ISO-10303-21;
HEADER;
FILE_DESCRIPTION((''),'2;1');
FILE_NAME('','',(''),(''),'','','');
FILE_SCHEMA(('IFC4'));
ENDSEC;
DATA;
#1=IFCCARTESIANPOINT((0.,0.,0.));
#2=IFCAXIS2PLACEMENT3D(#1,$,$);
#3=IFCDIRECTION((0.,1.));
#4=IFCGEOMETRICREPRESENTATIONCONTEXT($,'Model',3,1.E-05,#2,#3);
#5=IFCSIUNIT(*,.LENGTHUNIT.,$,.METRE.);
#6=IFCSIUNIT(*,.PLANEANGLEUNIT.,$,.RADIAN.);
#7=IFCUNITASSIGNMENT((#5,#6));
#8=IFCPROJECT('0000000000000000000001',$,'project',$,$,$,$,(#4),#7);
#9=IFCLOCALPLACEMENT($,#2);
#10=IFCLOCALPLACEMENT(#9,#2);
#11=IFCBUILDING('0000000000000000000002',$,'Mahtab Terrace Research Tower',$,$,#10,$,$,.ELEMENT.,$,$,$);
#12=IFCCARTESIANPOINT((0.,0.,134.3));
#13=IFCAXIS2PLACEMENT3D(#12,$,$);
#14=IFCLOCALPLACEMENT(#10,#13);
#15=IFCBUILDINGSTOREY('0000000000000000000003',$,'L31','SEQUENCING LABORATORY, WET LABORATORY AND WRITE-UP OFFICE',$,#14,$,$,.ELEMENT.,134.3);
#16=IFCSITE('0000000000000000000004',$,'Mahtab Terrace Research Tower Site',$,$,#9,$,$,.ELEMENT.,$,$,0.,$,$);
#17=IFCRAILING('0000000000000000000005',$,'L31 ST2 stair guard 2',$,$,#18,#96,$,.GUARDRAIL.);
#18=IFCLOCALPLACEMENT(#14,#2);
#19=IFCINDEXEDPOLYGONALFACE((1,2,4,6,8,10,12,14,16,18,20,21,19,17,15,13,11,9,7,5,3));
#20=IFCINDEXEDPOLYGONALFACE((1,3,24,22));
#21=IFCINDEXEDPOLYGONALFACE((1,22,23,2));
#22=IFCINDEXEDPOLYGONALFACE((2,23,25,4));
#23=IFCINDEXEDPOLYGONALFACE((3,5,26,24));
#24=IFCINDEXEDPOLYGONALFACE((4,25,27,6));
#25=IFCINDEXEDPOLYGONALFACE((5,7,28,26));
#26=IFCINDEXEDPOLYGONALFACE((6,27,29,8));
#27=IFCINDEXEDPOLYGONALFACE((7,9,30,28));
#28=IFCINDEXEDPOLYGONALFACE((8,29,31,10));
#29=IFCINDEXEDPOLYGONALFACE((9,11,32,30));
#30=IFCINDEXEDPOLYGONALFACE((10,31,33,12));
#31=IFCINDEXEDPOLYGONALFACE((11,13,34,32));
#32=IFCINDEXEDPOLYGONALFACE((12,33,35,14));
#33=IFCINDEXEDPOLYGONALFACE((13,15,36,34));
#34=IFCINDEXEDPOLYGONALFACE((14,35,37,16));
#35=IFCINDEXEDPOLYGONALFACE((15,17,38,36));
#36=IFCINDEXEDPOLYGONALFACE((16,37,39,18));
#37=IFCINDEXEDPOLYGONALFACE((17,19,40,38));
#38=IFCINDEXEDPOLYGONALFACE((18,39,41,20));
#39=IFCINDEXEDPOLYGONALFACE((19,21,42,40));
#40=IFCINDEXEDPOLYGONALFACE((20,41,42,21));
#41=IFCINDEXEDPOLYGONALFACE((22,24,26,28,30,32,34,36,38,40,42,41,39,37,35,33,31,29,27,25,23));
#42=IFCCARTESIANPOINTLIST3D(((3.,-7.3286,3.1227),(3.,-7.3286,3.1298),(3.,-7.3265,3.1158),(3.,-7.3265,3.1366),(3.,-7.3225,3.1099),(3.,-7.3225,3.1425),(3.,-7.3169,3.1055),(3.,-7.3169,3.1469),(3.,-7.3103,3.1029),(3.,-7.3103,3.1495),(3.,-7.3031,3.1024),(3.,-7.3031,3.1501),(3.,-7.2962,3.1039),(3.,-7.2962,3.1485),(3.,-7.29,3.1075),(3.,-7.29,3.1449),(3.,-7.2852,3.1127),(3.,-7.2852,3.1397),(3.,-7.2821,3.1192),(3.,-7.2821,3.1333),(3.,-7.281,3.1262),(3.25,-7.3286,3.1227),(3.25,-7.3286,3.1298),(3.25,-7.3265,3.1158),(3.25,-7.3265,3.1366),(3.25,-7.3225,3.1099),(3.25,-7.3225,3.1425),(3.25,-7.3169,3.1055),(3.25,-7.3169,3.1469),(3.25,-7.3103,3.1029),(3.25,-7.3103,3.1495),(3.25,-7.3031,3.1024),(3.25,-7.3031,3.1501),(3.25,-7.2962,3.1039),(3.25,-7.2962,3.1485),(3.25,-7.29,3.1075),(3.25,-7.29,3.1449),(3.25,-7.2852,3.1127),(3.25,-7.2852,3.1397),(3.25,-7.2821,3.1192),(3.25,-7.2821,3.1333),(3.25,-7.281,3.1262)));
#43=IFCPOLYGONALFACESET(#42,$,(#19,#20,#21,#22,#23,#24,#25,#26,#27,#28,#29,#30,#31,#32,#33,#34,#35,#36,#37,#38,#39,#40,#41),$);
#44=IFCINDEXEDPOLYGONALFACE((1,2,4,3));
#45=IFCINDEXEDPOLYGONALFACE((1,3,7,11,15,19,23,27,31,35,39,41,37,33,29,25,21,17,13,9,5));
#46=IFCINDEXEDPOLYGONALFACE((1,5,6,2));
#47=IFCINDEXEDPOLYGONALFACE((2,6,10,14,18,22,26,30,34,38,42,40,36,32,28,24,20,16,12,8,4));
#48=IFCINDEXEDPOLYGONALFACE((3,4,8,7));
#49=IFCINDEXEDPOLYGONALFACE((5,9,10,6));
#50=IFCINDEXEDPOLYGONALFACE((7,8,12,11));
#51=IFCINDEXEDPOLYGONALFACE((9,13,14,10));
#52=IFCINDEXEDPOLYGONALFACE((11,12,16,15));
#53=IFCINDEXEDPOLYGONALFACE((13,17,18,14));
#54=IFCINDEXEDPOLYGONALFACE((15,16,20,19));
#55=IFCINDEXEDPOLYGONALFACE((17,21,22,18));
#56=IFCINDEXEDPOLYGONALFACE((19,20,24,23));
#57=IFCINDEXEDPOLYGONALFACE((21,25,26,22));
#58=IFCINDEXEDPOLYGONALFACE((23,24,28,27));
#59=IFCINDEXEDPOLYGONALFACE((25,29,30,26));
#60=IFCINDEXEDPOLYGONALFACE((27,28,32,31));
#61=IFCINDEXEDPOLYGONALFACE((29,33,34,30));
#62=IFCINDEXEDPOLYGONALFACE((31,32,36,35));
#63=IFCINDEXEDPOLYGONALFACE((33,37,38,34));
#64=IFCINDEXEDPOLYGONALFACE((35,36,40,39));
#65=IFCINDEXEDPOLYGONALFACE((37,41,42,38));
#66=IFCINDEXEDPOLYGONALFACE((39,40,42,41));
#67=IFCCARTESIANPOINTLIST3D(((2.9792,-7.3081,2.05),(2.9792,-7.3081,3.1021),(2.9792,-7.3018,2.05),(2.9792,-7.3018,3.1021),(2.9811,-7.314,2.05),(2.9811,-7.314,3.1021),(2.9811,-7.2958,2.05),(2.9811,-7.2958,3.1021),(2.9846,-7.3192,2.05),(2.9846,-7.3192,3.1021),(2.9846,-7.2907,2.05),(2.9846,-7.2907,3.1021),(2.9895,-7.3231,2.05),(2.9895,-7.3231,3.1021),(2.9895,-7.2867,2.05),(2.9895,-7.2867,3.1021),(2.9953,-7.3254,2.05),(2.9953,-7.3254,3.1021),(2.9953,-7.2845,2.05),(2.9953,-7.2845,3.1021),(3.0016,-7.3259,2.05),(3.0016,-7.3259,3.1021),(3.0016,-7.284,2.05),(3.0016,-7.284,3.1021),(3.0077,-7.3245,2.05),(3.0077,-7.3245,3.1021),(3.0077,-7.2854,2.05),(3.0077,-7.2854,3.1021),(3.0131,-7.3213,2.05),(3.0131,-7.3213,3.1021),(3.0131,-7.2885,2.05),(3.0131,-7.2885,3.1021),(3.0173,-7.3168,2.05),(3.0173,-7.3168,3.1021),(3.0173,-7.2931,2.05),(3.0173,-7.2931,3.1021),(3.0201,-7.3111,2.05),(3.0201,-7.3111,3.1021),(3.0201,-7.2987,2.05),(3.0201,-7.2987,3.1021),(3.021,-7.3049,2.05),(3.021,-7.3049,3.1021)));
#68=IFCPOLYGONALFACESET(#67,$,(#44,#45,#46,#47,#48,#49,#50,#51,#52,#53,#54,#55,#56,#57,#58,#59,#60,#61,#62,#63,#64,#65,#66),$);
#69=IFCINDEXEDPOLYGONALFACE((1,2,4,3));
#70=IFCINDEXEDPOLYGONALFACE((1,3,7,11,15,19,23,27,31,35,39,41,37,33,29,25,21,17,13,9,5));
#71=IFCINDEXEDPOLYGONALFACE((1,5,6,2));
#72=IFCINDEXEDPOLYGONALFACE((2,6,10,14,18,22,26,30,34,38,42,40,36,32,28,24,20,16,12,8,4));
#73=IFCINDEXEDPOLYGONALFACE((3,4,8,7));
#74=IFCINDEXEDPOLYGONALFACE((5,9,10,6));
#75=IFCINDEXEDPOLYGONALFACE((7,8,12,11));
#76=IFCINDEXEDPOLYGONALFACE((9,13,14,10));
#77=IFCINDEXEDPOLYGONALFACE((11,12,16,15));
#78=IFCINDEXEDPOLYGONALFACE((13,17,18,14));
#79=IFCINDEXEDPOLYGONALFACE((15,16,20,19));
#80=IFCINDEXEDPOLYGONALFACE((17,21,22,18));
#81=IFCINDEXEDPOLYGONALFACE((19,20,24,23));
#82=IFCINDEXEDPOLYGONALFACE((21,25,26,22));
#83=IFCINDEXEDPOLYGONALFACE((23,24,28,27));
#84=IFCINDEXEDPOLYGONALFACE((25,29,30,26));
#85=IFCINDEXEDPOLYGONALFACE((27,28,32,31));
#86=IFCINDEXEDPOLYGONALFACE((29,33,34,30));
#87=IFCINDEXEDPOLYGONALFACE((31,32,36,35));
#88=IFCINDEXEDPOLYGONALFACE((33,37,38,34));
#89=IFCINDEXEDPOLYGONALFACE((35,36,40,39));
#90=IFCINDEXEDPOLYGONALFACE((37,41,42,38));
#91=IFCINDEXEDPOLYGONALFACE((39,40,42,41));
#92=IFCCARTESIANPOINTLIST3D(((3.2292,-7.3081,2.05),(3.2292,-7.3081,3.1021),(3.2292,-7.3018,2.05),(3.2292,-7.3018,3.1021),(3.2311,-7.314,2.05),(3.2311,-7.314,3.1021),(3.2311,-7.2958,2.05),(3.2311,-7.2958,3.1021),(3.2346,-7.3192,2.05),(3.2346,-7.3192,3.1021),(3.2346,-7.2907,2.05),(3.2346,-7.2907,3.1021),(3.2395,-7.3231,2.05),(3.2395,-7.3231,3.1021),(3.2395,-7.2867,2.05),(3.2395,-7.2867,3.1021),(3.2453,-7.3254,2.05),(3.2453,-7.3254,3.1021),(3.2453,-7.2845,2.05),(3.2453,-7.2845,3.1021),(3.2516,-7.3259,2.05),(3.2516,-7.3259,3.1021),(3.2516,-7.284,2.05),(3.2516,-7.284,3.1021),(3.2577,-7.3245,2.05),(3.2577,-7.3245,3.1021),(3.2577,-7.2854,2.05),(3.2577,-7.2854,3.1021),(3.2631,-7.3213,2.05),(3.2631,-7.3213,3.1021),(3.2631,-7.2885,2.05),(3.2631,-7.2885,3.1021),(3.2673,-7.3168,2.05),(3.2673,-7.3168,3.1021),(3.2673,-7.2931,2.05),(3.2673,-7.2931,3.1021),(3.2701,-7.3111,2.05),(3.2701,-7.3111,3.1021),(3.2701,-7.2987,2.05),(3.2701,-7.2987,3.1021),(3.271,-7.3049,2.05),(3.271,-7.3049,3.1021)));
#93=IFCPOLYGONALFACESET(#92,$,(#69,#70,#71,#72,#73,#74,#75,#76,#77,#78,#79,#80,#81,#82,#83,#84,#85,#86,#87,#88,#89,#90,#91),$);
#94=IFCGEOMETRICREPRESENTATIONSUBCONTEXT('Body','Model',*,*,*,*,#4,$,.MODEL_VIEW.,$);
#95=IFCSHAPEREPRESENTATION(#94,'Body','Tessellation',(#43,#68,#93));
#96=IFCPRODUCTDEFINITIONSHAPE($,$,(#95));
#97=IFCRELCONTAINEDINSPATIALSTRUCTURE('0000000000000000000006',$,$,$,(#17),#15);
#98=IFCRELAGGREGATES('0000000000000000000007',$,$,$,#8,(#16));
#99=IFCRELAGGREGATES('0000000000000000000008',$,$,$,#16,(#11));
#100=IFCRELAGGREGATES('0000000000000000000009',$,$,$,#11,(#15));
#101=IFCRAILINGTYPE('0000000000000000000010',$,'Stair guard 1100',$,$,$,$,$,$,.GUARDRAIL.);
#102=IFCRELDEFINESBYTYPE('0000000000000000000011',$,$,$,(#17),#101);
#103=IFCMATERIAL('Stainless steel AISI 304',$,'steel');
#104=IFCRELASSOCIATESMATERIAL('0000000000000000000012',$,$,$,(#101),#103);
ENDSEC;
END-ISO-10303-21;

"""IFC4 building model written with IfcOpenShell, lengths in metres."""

from ifc_helpers import new_model, si_unit, direction, frame, origin, origin_2d, place, context, subcontext, project, spatial, circle, extrude, material, type_object, element, save


model = new_model("IFC4")

# Units and contexts
model_context = context("Model", 3, precision=1e-05, world=origin(), true_north=direction((0.0, 1.0)))
body_context = subcontext(model_context, "Body", "Model", "MODEL_VIEW")
ifc_project = project(units=[si_unit("LENGTHUNIT", "METRE"), si_unit("PLANEANGLEUNIT", "RADIAN")], contexts=[model_context])

# Site, building, storey
site_placement = place(None, origin())
site = spatial("IfcSite", under=ifc_project, at=site_placement, Name="Mahtab Terrace Research Tower Site", CompositionType="ELEMENT", RefElevation=0.0)
building_placement = place(site_placement, origin())
building = spatial("IfcBuilding", under=site, at=building_placement, Name="Mahtab Terrace Research Tower", CompositionType="ELEMENT")
storey_placement = place(building_placement, frame((0.0, 0.0, 134.3)))
storey = spatial("IfcBuildingStorey", under=building, at=storey_placement, Name="L31", Description="SEQUENCING LABORATORY, WET LABORATORY AND WRITE-UP OFFICE", CompositionType="ELEMENT", Elevation=134.3)

# Railing
ifc_material_1 = material(Name="Stainless steel AISI 304", Category="steel")
railing_type_1 = type_object("IfcRailingType", Name="Stair guard 1100", PredefinedType="GUARDRAIL", material=ifc_material_1)
railing_1_placement = place(storey_placement, frame((3.0, -7.3049, 2.05)))
element("IfcRailing", 1, at=railing_1_placement, inside=storey, type_object=railing_type_1, Name="L31 ST2 stair guard 2", PredefinedType="GUARDRAIL", context=body_context, shape_type="SweptSolid", body=[
    extrude(circle(Radius=0.0239, at=origin_2d()), frame((0.0, 0.0, 1.0762), z_axis=(1.0, 0.0, 0.0), x_axis=(0.0, 1.0, 0.0)), (0.0, 0.0, 1.0), 0.25),
    extrude(circle(Radius=0.021, at=origin_2d()), origin(), (0.0, 0.0, 1.0), 1.052),
    extrude(circle(Radius=0.021, at=origin_2d()), frame((0.25, 0.0, 0.0)), (0.0, 0.0, 1.0), 1.052),
])

save(model, "model.ifc")
